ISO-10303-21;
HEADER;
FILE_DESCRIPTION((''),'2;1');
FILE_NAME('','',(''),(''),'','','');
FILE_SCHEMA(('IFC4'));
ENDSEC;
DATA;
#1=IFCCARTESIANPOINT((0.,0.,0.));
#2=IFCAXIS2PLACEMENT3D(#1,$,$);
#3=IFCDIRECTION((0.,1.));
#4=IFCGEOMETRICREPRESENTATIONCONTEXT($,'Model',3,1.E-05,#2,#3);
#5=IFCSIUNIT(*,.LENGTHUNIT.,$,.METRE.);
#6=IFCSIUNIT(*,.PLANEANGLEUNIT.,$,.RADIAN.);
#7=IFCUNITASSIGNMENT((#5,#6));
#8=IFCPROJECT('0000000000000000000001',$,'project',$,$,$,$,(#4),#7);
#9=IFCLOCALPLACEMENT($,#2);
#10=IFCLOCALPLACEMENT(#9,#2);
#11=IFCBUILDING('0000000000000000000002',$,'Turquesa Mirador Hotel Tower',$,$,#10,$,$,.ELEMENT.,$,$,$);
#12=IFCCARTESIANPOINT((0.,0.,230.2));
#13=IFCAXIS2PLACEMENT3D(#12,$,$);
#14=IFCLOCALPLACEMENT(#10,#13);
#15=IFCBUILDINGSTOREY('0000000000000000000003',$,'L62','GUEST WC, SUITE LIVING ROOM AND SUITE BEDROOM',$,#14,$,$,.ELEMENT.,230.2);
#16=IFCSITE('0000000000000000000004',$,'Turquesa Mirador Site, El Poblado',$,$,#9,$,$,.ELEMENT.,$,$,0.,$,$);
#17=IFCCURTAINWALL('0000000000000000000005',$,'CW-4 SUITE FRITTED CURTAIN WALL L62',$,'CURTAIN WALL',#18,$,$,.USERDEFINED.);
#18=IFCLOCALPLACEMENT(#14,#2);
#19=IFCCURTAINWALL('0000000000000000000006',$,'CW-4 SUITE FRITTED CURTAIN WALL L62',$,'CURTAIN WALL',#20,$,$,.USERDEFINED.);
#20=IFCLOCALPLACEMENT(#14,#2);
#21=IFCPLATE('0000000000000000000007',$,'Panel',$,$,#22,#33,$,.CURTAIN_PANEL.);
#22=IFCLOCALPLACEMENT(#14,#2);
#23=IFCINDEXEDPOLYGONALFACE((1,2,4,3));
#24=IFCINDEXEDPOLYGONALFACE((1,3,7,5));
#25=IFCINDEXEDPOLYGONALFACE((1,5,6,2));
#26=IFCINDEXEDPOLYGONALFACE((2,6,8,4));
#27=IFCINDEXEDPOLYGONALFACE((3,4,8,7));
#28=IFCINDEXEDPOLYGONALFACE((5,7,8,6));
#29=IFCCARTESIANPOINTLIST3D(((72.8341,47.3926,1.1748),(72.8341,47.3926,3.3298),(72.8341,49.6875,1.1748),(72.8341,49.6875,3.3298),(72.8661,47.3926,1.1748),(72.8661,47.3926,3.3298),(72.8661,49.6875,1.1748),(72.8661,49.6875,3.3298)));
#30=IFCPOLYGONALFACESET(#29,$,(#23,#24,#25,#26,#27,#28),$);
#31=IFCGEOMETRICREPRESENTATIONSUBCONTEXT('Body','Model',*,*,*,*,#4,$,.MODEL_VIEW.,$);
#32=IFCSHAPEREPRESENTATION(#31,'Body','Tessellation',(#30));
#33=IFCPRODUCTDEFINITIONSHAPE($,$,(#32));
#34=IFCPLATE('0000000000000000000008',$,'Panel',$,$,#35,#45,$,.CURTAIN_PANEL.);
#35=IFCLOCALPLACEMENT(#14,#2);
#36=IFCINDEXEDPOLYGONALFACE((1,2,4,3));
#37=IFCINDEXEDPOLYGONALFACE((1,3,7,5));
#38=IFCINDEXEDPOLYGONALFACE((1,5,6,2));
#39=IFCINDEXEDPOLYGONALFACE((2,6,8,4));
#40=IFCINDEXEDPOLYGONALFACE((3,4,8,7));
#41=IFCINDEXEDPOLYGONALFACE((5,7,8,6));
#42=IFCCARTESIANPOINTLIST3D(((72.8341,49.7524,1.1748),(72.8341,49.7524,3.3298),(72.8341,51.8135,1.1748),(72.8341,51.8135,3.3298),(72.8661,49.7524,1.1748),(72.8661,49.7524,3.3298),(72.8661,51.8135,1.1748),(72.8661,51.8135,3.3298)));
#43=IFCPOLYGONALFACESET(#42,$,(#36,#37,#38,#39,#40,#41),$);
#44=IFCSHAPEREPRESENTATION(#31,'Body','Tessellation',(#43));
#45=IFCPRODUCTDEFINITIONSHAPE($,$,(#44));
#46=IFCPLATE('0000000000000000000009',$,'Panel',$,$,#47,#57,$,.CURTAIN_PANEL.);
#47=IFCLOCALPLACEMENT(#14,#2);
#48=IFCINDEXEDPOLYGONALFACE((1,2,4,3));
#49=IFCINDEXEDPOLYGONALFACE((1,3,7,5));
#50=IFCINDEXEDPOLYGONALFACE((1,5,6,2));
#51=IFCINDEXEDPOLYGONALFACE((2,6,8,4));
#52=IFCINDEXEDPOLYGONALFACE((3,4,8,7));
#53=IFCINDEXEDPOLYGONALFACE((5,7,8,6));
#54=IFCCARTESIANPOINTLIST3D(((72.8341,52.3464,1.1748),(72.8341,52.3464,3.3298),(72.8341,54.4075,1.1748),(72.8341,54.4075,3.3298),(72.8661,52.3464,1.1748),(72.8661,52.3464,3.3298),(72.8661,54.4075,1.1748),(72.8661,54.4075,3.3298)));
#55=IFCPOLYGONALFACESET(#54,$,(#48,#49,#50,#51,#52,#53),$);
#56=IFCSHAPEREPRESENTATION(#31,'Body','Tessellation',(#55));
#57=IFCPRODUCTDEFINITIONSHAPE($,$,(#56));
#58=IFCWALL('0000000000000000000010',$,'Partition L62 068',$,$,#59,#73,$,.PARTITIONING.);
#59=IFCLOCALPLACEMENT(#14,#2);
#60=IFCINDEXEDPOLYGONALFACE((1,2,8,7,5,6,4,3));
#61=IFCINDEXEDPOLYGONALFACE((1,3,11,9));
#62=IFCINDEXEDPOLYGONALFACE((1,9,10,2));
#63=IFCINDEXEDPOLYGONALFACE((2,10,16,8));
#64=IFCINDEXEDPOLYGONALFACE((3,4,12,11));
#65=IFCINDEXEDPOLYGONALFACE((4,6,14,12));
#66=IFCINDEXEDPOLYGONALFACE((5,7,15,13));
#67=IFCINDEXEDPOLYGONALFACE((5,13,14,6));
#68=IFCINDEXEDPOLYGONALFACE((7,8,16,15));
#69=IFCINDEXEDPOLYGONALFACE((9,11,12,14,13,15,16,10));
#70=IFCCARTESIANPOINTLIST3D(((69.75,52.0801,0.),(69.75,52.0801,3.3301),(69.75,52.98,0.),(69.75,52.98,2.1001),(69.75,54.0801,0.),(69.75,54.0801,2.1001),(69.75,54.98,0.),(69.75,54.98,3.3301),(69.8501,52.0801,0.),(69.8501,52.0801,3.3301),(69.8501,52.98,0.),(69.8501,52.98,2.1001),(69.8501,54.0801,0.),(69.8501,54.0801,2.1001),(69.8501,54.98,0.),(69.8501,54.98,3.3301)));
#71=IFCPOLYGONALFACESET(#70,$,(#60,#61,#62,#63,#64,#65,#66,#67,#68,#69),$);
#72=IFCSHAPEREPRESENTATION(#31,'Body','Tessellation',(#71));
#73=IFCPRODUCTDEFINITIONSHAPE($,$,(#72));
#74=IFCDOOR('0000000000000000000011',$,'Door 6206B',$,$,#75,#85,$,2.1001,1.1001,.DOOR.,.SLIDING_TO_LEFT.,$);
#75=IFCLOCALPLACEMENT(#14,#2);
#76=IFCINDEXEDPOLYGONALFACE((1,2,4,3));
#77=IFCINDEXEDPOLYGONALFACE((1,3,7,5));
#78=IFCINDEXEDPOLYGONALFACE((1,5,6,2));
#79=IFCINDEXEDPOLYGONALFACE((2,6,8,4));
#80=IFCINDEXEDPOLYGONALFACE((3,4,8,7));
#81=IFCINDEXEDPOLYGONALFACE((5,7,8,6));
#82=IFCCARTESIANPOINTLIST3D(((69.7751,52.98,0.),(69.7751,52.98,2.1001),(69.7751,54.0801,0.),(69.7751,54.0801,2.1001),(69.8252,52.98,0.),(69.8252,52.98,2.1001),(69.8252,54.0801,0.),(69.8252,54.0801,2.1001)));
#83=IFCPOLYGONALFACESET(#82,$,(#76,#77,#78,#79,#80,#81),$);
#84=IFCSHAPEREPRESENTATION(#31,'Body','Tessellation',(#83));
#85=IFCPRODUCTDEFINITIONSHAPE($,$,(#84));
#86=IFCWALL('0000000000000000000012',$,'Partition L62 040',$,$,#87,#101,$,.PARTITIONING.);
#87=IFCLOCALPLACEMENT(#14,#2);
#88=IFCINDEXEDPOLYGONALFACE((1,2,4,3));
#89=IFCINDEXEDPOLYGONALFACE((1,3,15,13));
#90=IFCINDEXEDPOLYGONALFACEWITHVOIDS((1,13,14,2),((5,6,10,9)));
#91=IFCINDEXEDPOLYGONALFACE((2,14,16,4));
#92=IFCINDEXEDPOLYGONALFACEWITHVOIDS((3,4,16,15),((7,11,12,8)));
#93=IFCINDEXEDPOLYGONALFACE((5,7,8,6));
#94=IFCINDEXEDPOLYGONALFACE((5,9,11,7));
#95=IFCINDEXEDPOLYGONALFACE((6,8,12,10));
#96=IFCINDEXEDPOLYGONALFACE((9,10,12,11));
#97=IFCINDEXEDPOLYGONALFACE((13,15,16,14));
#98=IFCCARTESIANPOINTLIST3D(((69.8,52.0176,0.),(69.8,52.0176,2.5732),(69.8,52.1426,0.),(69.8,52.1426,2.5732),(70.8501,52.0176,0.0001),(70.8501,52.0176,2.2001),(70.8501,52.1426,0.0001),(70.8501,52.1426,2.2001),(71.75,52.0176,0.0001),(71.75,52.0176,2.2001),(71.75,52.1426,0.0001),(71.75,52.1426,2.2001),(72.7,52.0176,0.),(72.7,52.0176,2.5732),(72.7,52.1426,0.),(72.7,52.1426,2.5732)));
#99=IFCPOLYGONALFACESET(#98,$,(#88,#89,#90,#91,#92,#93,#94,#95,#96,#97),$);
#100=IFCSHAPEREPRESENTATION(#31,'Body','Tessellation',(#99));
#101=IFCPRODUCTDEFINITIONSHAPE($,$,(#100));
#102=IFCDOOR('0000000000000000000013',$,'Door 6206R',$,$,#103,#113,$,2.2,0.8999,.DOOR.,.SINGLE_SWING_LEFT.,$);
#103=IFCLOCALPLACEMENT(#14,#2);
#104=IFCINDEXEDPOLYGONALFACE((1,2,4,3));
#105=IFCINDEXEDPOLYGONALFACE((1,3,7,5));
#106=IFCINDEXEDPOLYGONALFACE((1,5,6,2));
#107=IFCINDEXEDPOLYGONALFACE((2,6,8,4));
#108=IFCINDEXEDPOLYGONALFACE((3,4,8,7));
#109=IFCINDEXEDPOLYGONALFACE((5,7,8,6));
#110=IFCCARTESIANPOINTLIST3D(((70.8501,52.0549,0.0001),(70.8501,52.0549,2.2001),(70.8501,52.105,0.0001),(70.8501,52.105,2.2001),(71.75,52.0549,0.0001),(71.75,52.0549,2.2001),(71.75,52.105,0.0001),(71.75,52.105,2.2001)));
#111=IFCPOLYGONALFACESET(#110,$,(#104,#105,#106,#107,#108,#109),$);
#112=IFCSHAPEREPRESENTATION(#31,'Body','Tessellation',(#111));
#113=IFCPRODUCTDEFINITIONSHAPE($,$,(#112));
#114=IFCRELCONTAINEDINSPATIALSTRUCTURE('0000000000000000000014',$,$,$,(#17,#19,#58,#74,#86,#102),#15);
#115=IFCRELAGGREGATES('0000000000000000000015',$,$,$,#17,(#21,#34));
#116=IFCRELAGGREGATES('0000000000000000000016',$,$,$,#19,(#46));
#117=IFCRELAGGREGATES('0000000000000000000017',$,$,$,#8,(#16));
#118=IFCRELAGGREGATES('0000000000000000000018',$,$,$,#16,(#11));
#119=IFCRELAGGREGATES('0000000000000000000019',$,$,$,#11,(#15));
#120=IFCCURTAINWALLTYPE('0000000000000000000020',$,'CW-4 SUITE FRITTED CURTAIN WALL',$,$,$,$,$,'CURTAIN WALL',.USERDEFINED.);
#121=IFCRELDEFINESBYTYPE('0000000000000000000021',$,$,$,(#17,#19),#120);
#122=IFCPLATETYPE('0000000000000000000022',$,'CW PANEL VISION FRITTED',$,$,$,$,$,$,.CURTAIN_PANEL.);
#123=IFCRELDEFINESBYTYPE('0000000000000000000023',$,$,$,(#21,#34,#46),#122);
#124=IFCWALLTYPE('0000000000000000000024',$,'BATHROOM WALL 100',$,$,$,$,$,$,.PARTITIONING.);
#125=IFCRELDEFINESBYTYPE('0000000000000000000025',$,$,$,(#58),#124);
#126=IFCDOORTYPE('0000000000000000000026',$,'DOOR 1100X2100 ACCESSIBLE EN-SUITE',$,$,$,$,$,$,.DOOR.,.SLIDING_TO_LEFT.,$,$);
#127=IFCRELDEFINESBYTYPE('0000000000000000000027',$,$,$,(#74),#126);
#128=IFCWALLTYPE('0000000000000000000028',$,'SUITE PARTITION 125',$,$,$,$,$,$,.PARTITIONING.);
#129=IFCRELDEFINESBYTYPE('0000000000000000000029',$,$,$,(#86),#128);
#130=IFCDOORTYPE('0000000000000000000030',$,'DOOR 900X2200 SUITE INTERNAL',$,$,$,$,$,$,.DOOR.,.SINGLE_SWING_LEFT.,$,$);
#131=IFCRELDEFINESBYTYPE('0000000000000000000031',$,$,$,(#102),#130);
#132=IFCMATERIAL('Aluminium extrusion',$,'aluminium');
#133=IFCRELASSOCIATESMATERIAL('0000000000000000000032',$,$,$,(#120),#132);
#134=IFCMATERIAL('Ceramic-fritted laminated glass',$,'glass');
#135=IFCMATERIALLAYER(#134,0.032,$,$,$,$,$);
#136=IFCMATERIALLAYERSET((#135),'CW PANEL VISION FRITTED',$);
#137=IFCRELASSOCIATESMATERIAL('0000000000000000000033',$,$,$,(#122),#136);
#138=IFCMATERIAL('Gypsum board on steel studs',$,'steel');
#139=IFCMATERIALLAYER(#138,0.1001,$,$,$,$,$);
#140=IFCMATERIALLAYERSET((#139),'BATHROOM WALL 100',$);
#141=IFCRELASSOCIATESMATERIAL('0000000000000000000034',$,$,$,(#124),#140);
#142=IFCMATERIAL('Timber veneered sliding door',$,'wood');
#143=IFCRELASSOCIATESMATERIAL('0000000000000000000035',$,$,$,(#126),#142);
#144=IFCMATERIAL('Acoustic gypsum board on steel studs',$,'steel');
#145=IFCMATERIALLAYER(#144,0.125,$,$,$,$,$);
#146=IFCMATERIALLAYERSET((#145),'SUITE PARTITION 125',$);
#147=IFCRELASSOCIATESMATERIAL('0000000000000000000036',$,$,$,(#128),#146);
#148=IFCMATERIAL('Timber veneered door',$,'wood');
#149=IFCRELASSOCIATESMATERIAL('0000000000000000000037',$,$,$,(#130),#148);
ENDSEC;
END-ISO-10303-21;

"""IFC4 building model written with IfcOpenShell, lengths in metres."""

from ifc_helpers import new_model, si_unit, direction, frame, frame_2d, origin, origin_2d, place, context, subcontext, project, spatial, rectangle, extrude, material, layer, layer_set, type_object, element, fill, aggregate, save


model = new_model("IFC4")

# Units and contexts
model_context = context("Model", 3, precision=1e-05, world=origin(), true_north=direction((0.0, 1.0)))
body_context = subcontext(model_context, "Body", "Model", "MODEL_VIEW")
ifc_project = project(units=[si_unit("LENGTHUNIT", "METRE"), si_unit("PLANEANGLEUNIT", "RADIAN")], contexts=[model_context])

# Site, building, storey
site_placement = place(None, origin())
site = spatial("IfcSite", under=ifc_project, at=site_placement, Name="Turquesa Mirador Site, El Poblado", CompositionType="ELEMENT", RefElevation=0.0)
building_placement = place(site_placement, origin())
building = spatial("IfcBuilding", under=site, at=building_placement, Name="Turquesa Mirador Hotel Tower", CompositionType="ELEMENT")
storey_placement = place(building_placement, frame((0.0, 0.0, 230.2)))
storey = spatial("IfcBuildingStorey", under=building, at=storey_placement, Name="L62", Description="GUEST WC, SUITE LIVING ROOM AND SUITE BEDROOM", CompositionType="ELEMENT", Elevation=230.2)

# Curtain walls
ifc_material_1 = material(Name="Aluminium extrusion", Category="aluminium")
curtain_wall_type = type_object("IfcCurtainWallType", Name="CW-4 SUITE FRITTED CURTAIN WALL", ElementType="CURTAIN WALL", PredefinedType="USERDEFINED", material=ifc_material_1)
curtain_wall_1_placement = place(storey_placement, origin())
curtain_wall_1 = element("IfcCurtainWall", 1, at=curtain_wall_1_placement, inside=storey, type_object=curtain_wall_type, Name="CW-4 SUITE FRITTED CURTAIN WALL L62", ObjectType="CURTAIN WALL", PredefinedType="USERDEFINED")
curtain_wall_2_placement = place(storey_placement, origin())
curtain_wall_2 = element("IfcCurtainWall", 2, at=curtain_wall_2_placement, inside=storey, type_object=curtain_wall_type, Name="CW-4 SUITE FRITTED CURTAIN WALL L62", ObjectType="CURTAIN WALL", PredefinedType="USERDEFINED")

# Plates
ifc_material_2 = material(Name="Ceramic-fritted laminated glass", Category="glass")
ifc_layer_1 = layer(ifc_material_2, 0.032)
ifc_layer_set_1 = layer_set([ifc_layer_1], Name="CW PANEL VISION FRITTED")
plate_type_1 = type_object("IfcPlateType", Name="CW PANEL VISION FRITTED", PredefinedType="CURTAIN_PANEL", material=ifc_layer_set_1)
plate_1_placement = place(storey_placement, frame((72.8501, 48.54, 1.1748), z_axis=(0.0, 0.0, 1.0), x_axis=(0.0, 1.0, 0.0)))
plate_1 = element("IfcPlate", 3, at=plate_1_placement, type_object=plate_type_1, Name="Panel", PredefinedType="CURTAIN_PANEL", context=body_context, shape_type="SweptSolid", body=[
    extrude(rectangle(XDim=2.2949, YDim=0.032, at=origin_2d()), origin(), (0.0, 0.0, 1.0), 2.155),
])
plate_2_placement = place(storey_placement, frame((72.8501, 50.783, 1.1748), z_axis=(0.0, 0.0, 1.0), x_axis=(0.0, 1.0, 0.0)))
plate_2 = element("IfcPlate", 4, at=plate_2_placement, type_object=plate_type_1, Name="Panel", PredefinedType="CURTAIN_PANEL", context=body_context, shape_type="SweptSolid", body=[
    extrude(rectangle(XDim=2.061, YDim=0.032, at=origin_2d()), origin(), (0.0, 0.0, 1.0), 2.155),
])
aggregate(curtain_wall_1, [plate_1, plate_2])
plate_3_placement = place(storey_placement, frame((72.8501, 53.377, 1.1748), z_axis=(0.0, 0.0, 1.0), x_axis=(0.0, 1.0, 0.0)))
plate_3 = element("IfcPlate", 5, at=plate_3_placement, type_object=plate_type_1, Name="Panel", PredefinedType="CURTAIN_PANEL", context=body_context, shape_type="SweptSolid", body=[
    extrude(rectangle(XDim=2.061, YDim=0.032, at=origin_2d()), origin(), (0.0, 0.0, 1.0), 2.155),
])
aggregate(curtain_wall_2, [plate_3])

# Walls, openings, doors
ifc_material_3 = material(Name="Gypsum board on steel studs", Category="steel")
ifc_layer_2 = layer(ifc_material_3, 0.1001)
ifc_layer_set_2 = layer_set([ifc_layer_2], Name="BATHROOM WALL 100")
wall_type_1 = type_object("IfcWallType", Name="BATHROOM WALL 100", PredefinedType="PARTITIONING", material=ifc_layer_set_2)
wall_1_placement = place(storey_placement, frame((69.8, 52.0801, 0.0), z_axis=(0.0, 0.0, 1.0), x_axis=(0.0, 1.0, 0.0)))
wall_1 = element("IfcWall", 6, at=wall_1_placement, inside=storey, type_object=wall_type_1, Name="Partition L62 068", PredefinedType="PARTITIONING", context=body_context, shape_type="SweptSolid", body=[
    extrude(rectangle(XDim=2.8999, YDim=0.1001, at=frame_2d((1.45, 0.0))), origin(), (0.0, 0.0, 1.0), 3.3301),
])
opening_1_placement = place(wall_1_placement, frame((0.8999, 0.0, 0.0)))
opening_1 = element("IfcOpeningElement", 7, at=opening_1_placement, cuts=wall_1, PredefinedType="OPENING", context=body_context, shape_type="SweptSolid", body=[
    extrude(rectangle(XDim=1.1001, YDim=2.1001, at=frame_2d((0.55, 1.05))), frame((0.0, 0.0601, 0.0), z_axis=(0.0, -1.0, 0.0), x_axis=(1.0, 0.0, 0.0)), (0.0, 0.0, 1.0), 0.1201),
])
ifc_material_4 = material(Name="Timber veneered sliding door", Category="wood")
door_type_1 = type_object("IfcDoorType", Name="DOOR 1100X2100 ACCESSIBLE EN-SUITE", OperationType="SLIDING_TO_LEFT", PredefinedType="DOOR", material=ifc_material_4)
door_1_placement = place(opening_1_placement, origin())
door_1 = element("IfcDoor", 8, at=door_1_placement, inside=storey, type_object=door_type_1, Name="Door 6206B", OperationType="SLIDING_TO_LEFT", OverallHeight=2.1001, OverallWidth=1.1001, PredefinedType="DOOR", context=body_context, shape_type="SweptSolid", body=[
    extrude(rectangle(XDim=1.1001, YDim=2.1001, at=frame_2d((0.55, 1.05))), frame((0.0, 0.0249, 0.0), z_axis=(0.0, -1.0, 0.0), x_axis=(1.0, 0.0, 0.0)), (0.0, 0.0, 1.0), 0.05),
])
fill(opening_1, door_1)
ifc_material_5 = material(Name="Acoustic gypsum board on steel studs", Category="steel")
ifc_layer_3 = layer(ifc_material_5, 0.125)
ifc_layer_set_3 = layer_set([ifc_layer_3], Name="SUITE PARTITION 125")
wall_type_2 = type_object("IfcWallType", Name="SUITE PARTITION 125", PredefinedType="PARTITIONING", material=ifc_layer_set_3)
wall_2_placement = place(storey_placement, frame((69.8, 52.0801, 0.0), z_axis=(0.0, 0.0, 1.0), x_axis=(1.0, 0.0, 0.0)))
wall_2 = element("IfcWall", 9, at=wall_2_placement, inside=storey, type_object=wall_type_2, Name="Partition L62 040", PredefinedType="PARTITIONING", context=body_context, shape_type="SweptSolid", body=[
    extrude(rectangle(XDim=2.8999, YDim=0.125, at=frame_2d((1.45, 0.0))), origin(), (0.0, 0.0, 1.0), 2.5732),
])
opening_2_placement = place(wall_2_placement, frame((1.05, 0.0, 0.0)))
opening_2 = element("IfcOpeningElement", 10, at=opening_2_placement, cuts=wall_2, PredefinedType="OPENING", context=body_context, shape_type="SweptSolid", body=[
    extrude(rectangle(XDim=0.8999, YDim=2.2, at=frame_2d((0.45, 1.1001))), frame((0.0, 0.0725, 0.0), z_axis=(0.0, -1.0, 0.0), x_axis=(1.0, 0.0, 0.0)), (0.0, 0.0, 1.0), 0.145),
])
ifc_material_6 = material(Name="Timber veneered door", Category="wood")
door_type_2 = type_object("IfcDoorType", Name="DOOR 900X2200 SUITE INTERNAL", OperationType="SINGLE_SWING_LEFT", PredefinedType="DOOR", material=ifc_material_6)
door_2_placement = place(opening_2_placement, origin())
door_2 = element("IfcDoor", 11, at=door_2_placement, inside=storey, type_object=door_type_2, Name="Door 6206R", OperationType="SINGLE_SWING_LEFT", OverallHeight=2.2, OverallWidth=0.8999, PredefinedType="DOOR", context=body_context, shape_type="SweptSolid", body=[
    extrude(rectangle(XDim=0.8999, YDim=2.2, at=frame_2d((0.45, 1.1001))), frame((0.0, 0.0249, 0.0), z_axis=(0.0, -1.0, 0.0), x_axis=(1.0, 0.0, 0.0)), (0.0, 0.0, 1.0), 0.05),
])
fill(opening_2, door_2)

save(model, "model.ifc")
